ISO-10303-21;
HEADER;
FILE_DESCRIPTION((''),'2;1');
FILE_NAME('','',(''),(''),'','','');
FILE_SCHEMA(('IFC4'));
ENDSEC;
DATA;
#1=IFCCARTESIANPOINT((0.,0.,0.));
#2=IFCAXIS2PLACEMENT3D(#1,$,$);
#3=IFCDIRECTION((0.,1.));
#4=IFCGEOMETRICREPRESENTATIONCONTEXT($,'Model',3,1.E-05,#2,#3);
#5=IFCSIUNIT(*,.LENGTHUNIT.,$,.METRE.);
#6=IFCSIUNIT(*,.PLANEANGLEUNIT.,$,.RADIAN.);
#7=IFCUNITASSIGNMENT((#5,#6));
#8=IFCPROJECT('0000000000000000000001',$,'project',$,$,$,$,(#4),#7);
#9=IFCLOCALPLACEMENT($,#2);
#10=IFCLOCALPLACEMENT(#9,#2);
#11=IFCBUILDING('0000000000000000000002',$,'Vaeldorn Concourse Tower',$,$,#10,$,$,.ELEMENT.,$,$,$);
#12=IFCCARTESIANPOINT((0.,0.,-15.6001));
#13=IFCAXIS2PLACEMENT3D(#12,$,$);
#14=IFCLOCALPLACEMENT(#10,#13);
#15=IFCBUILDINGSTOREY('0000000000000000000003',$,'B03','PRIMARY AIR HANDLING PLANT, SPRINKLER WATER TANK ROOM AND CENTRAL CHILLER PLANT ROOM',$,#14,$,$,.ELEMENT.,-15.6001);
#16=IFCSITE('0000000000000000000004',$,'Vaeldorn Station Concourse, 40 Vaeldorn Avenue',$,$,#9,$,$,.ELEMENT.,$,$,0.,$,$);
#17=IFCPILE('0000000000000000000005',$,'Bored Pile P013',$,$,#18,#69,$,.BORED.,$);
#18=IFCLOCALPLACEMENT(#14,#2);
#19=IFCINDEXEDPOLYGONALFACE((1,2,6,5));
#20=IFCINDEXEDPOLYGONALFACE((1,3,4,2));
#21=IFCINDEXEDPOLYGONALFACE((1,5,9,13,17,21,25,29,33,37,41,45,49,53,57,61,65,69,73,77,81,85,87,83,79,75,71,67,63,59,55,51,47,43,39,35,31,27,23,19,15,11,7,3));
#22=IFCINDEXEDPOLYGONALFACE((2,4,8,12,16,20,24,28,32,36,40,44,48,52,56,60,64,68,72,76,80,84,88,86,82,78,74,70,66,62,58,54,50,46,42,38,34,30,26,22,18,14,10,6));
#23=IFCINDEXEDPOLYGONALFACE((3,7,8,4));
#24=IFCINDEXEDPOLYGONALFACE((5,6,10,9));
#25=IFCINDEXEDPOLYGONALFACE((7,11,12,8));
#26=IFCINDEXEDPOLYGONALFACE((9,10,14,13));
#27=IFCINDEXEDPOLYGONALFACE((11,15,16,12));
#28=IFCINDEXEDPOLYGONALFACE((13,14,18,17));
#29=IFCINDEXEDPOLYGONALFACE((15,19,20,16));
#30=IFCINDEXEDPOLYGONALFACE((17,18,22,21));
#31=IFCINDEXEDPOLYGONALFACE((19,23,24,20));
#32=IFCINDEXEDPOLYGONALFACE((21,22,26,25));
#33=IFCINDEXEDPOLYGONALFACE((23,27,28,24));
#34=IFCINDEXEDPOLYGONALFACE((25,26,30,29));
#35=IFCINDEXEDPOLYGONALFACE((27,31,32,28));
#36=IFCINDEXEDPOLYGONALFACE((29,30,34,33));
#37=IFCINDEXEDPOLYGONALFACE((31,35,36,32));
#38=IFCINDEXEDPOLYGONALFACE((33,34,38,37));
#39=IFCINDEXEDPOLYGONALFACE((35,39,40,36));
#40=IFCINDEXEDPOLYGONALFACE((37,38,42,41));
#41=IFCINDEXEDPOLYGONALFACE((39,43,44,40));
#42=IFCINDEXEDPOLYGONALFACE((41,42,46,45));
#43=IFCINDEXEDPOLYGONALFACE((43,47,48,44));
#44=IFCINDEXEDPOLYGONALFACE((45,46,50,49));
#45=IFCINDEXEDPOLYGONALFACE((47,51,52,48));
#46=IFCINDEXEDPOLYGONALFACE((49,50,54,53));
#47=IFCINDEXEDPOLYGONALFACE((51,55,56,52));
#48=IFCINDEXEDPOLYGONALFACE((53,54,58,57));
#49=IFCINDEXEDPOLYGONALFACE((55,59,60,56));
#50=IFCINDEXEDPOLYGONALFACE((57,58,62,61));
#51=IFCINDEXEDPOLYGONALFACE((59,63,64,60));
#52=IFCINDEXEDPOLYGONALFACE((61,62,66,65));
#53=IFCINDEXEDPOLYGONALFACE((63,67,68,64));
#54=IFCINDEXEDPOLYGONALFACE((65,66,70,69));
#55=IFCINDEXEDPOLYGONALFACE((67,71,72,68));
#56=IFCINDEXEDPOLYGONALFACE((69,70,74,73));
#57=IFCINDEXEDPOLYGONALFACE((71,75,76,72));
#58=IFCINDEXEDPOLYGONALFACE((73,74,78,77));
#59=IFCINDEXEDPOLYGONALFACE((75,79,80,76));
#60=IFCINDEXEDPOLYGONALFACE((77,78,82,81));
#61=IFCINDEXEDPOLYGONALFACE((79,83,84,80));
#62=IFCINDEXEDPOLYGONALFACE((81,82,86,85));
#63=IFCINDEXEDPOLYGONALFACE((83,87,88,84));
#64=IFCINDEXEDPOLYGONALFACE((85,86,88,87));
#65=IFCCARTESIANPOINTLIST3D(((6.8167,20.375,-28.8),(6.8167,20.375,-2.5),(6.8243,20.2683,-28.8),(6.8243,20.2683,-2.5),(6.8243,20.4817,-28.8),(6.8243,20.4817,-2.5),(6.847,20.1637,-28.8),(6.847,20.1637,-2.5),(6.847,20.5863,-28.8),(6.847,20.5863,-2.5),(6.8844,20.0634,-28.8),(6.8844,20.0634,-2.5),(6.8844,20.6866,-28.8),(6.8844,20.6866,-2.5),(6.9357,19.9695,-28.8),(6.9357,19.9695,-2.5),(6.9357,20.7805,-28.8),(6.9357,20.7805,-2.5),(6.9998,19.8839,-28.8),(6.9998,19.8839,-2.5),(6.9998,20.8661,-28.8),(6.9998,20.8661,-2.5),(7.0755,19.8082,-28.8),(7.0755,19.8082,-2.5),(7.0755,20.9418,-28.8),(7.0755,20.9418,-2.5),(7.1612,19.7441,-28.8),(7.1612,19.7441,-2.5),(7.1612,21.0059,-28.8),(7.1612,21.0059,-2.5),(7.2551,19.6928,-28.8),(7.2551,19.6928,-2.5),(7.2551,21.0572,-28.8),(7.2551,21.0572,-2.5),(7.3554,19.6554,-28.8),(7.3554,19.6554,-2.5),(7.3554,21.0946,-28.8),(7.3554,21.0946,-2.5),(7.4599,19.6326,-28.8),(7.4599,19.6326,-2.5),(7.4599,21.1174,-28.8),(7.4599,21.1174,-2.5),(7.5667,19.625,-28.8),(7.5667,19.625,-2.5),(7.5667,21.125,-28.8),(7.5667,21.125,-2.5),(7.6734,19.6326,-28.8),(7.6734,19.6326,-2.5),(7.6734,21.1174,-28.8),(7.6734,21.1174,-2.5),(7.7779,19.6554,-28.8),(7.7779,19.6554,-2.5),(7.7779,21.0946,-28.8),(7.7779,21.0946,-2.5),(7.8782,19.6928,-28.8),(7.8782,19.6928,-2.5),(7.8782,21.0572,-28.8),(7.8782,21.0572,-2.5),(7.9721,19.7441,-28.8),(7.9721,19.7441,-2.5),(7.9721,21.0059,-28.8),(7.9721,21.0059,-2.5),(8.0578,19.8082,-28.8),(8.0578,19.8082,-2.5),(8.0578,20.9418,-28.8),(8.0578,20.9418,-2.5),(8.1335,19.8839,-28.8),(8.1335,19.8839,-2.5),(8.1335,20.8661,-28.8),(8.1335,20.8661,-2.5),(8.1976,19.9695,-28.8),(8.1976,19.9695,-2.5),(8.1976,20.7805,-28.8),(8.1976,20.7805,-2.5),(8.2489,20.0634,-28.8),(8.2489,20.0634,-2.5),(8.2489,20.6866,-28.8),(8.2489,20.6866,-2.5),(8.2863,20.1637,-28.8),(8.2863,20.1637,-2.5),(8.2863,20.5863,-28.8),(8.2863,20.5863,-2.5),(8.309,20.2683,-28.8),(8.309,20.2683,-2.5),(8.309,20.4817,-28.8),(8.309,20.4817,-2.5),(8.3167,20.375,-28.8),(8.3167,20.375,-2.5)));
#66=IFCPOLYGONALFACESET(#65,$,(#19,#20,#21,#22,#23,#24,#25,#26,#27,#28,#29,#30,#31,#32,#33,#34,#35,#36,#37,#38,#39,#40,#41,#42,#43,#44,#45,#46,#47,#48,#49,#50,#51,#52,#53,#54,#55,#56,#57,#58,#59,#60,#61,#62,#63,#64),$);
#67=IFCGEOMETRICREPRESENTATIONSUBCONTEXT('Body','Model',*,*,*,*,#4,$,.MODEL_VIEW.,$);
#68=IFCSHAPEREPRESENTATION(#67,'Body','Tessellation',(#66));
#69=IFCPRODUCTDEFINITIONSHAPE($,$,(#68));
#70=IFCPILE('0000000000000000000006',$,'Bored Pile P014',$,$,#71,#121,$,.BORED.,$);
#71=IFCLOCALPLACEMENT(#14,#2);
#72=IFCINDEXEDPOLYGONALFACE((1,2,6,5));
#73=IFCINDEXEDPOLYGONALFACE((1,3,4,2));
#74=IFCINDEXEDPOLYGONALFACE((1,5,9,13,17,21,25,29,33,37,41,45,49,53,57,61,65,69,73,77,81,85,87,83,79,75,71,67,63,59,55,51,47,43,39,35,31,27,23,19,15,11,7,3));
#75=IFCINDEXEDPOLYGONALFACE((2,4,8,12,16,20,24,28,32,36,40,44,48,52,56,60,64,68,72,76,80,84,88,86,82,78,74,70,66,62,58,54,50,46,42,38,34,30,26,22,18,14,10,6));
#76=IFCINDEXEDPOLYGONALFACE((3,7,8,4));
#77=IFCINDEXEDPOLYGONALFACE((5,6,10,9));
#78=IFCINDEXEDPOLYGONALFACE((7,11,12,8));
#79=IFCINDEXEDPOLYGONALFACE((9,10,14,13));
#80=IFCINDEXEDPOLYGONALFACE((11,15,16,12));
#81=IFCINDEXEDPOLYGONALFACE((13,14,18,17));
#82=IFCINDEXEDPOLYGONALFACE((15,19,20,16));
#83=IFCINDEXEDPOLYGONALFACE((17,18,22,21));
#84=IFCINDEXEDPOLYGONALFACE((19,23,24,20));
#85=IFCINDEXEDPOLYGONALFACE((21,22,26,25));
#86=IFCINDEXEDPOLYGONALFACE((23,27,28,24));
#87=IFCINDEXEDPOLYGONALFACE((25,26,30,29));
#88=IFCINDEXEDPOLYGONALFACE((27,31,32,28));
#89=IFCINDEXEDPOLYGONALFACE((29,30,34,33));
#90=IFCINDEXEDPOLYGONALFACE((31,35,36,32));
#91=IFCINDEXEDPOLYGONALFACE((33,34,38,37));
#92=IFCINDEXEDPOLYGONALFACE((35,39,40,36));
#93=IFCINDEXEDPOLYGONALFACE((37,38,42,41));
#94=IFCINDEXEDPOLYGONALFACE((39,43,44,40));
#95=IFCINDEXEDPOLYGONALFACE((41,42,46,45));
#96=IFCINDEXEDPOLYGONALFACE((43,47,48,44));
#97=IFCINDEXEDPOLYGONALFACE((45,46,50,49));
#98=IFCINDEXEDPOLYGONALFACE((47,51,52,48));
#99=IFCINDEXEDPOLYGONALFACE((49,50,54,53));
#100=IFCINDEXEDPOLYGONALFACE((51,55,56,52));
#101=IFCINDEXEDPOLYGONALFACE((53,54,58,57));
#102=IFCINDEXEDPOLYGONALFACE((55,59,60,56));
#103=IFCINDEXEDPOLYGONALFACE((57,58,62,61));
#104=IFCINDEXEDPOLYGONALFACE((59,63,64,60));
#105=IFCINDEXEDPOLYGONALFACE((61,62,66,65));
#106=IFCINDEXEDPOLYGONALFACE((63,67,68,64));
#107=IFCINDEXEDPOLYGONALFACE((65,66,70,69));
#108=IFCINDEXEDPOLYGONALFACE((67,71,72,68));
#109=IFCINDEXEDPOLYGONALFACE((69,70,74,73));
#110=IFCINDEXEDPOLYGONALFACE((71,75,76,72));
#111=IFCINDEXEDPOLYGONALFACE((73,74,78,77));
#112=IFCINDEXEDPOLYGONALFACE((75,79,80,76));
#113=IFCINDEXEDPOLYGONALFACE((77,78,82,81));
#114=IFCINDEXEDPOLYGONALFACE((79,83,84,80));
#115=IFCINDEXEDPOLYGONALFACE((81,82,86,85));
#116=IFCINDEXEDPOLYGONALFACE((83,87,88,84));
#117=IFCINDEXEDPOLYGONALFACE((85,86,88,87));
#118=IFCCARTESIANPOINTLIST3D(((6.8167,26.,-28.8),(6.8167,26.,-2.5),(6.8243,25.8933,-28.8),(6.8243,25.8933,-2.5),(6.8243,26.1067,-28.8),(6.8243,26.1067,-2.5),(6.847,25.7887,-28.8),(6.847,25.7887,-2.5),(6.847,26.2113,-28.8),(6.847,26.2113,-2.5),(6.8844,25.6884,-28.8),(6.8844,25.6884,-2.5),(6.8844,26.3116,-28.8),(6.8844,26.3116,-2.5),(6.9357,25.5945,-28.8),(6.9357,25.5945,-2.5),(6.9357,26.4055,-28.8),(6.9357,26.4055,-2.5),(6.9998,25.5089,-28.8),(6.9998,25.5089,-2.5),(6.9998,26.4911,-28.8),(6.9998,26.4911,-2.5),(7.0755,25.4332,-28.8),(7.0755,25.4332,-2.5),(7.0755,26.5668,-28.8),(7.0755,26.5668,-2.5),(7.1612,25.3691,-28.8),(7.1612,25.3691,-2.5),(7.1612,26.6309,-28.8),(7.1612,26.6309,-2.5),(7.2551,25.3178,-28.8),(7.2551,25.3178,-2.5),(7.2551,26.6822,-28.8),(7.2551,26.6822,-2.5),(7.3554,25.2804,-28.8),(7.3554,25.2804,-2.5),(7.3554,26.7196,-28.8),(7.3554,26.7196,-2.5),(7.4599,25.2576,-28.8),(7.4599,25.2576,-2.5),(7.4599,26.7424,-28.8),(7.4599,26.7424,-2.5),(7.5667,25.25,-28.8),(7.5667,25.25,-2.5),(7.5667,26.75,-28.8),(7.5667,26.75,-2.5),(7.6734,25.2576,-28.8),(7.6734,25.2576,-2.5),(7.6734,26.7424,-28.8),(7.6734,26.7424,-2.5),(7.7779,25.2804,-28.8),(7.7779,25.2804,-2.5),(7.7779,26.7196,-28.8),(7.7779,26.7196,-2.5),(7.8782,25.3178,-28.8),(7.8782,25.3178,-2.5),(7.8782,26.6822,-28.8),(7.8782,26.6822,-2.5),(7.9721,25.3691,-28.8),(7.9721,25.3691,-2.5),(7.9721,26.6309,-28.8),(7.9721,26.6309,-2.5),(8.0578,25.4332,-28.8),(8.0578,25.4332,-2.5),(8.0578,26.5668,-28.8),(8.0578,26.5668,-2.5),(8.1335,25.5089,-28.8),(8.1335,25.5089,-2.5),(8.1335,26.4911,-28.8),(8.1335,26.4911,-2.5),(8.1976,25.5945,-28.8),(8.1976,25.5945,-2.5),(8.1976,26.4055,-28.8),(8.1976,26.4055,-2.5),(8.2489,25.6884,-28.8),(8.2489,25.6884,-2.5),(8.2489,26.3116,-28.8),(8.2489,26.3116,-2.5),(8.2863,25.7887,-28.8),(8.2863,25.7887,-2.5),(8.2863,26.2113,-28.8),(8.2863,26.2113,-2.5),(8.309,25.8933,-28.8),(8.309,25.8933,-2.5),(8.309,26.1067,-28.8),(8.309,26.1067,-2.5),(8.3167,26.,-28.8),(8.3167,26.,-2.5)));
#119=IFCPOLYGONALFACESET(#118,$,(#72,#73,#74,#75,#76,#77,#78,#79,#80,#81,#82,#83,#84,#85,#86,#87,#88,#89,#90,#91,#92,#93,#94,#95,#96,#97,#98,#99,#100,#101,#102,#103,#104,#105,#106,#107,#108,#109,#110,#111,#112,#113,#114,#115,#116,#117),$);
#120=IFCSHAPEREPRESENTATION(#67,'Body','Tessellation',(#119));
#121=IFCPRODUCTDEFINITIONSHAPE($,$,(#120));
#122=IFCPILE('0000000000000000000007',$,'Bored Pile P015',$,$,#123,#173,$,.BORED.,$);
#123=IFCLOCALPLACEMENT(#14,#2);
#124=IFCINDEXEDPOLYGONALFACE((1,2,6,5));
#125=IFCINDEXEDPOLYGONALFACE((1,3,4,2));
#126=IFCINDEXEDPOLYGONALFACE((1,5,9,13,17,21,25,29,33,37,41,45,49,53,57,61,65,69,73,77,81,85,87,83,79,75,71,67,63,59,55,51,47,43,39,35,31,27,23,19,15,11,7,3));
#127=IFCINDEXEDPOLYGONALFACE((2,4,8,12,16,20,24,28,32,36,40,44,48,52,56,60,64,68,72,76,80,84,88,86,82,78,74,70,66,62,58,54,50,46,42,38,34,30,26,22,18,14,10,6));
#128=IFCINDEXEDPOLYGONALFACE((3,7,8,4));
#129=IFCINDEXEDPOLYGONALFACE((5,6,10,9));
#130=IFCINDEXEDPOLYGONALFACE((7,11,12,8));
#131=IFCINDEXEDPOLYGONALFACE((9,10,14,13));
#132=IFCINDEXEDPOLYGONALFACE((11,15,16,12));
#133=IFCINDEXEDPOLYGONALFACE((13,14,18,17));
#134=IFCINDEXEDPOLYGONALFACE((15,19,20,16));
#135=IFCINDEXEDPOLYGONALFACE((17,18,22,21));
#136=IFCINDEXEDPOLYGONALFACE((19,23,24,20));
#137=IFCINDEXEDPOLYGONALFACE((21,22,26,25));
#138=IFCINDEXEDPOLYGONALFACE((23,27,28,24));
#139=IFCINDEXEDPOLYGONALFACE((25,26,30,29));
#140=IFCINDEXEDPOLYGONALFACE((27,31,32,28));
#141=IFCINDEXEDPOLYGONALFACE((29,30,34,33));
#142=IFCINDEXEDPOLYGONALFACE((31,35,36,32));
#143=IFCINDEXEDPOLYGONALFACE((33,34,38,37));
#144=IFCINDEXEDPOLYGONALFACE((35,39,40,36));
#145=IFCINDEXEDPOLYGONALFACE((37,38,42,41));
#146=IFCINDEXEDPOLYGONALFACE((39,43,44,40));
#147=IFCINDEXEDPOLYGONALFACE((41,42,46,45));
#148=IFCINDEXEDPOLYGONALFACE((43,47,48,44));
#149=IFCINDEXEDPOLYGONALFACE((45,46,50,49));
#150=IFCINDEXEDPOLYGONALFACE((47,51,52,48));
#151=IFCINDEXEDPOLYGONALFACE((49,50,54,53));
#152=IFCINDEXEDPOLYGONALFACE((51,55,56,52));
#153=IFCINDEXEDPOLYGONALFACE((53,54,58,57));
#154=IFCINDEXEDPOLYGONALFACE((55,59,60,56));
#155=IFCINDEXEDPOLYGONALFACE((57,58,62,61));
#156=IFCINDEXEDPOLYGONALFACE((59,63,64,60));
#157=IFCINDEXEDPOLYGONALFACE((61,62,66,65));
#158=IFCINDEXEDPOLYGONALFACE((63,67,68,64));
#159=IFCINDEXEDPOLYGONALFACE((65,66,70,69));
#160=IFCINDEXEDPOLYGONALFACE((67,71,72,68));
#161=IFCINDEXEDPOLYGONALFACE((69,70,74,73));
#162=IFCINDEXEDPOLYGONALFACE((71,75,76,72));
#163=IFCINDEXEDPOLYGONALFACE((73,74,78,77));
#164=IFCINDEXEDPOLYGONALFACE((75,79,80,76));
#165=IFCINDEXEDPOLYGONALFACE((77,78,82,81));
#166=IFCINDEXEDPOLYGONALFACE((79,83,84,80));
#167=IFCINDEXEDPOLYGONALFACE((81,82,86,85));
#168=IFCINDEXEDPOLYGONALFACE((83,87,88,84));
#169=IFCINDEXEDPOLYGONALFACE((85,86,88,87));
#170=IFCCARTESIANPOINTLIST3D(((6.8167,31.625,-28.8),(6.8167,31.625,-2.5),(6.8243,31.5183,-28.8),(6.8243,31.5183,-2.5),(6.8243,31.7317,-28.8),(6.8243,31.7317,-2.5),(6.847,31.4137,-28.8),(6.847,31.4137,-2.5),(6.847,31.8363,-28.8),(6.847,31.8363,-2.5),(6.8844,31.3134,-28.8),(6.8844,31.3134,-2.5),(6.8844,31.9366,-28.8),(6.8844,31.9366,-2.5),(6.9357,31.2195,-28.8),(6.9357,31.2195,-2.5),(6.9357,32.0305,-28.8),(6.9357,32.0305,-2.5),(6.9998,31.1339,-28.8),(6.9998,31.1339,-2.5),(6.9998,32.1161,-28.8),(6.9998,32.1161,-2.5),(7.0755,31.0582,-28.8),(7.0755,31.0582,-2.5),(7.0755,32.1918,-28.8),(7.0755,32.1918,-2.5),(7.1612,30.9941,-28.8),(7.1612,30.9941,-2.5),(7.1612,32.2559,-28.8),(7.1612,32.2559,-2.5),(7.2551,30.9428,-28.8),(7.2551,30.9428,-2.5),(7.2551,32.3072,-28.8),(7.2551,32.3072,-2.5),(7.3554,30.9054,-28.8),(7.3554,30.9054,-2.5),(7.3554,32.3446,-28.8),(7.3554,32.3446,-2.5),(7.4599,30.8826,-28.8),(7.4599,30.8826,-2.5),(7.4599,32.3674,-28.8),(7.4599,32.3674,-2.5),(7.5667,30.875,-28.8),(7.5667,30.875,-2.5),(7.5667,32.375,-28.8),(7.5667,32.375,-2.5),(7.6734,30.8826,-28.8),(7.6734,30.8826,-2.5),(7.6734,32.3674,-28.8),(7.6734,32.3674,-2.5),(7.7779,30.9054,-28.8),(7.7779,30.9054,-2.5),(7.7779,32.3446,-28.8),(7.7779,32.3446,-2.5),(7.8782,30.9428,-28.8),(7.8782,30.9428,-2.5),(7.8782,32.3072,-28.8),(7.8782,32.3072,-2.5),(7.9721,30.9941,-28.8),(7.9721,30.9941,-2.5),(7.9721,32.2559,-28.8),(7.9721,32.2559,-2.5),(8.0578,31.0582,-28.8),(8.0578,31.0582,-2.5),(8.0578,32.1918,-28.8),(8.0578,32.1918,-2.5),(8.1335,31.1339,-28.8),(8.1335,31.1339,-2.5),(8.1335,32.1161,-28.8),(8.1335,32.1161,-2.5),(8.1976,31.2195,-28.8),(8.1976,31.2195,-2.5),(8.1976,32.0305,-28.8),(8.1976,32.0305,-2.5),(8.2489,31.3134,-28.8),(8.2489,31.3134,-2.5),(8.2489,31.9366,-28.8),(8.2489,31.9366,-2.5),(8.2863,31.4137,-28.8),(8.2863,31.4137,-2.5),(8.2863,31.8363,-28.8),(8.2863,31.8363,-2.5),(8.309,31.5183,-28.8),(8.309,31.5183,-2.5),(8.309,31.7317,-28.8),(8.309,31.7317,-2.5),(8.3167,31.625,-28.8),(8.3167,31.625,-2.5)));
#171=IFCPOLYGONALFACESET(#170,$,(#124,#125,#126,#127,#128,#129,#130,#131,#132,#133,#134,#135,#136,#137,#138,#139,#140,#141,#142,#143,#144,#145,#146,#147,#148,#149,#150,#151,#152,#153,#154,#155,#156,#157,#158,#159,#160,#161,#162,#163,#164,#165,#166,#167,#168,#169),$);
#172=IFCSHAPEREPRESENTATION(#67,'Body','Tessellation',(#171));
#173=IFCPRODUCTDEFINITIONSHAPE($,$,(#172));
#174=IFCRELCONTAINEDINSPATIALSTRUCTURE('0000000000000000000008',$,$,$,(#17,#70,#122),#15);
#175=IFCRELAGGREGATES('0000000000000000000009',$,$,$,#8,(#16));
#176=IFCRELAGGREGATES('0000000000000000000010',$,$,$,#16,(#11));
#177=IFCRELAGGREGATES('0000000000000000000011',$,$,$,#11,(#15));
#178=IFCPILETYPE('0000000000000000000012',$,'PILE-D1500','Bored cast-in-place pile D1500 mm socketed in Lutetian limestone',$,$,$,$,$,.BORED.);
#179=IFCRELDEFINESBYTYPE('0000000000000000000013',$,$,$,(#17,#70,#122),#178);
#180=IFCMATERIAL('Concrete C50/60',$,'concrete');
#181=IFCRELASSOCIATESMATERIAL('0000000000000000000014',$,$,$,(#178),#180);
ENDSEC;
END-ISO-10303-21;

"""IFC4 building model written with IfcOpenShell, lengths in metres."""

from ifc_helpers import new_model, si_unit, direction, frame, origin, origin_2d, place, context, subcontext, project, spatial, circle, extrude, material, material_profile, profile_set, type_object, element, save


model = new_model("IFC4")

# Units and contexts
model_context = context("Model", 3, precision=1e-05, world=origin(), true_north=direction((0.0, 1.0)))
body_context = subcontext(model_context, "Body", "Model", "MODEL_VIEW")
ifc_project = project(units=[si_unit("LENGTHUNIT", "METRE"), si_unit("PLANEANGLEUNIT", "RADIAN")], contexts=[model_context])

# Site, building, storey
site_placement = place(None, origin())
site = spatial("IfcSite", under=ifc_project, at=site_placement, Name="Vaeldorn Station Concourse, 40 Vaeldorn Avenue", CompositionType="ELEMENT", RefElevation=0.0)
building_placement = place(site_placement, origin())
building = spatial("IfcBuilding", under=site, at=building_placement, Name="Vaeldorn Concourse Tower", CompositionType="ELEMENT")
storey_placement = place(building_placement, frame((0.0, 0.0, -15.6001)))
storey = spatial("IfcBuildingStorey", under=building, at=storey_placement, Name="B03", Description="PRIMARY AIR HANDLING PLANT, SPRINKLER WATER TANK ROOM AND CENTRAL CHILLER PLANT ROOM", CompositionType="ELEMENT", Elevation=-15.6001)

# Piles
ifc_material_1 = material(Name="Concrete C50/60", Category="concrete")
ifc_material_profile_1 = material_profile(ifc_material_1, circle(Radius=0.75, at=origin_2d()), Name="BORED PILE D1500")
ifc_profile_set_1 = profile_set([ifc_material_profile_1], Name="Concrete C50/60")
pile_type = type_object("IfcPileType", Name="PILE-D1500", Description="Bored cast-in-place pile D1500 mm socketed in Lutetian limestone", PredefinedType="BORED", material=ifc_profile_set_1)
for number, where, z_axis, x_axis, name in (
    (1, (7.5667, 20.375, -2.5), (0.0, 0.0, -1.0), (1.0, 0.0, 0.0), "Bored Pile P013"),
    (2, (7.5667, 26.0, -2.5), (0.0, 0.0, -1.0), (1.0, 0.0, 0.0), "Bored Pile P014"),
    (3, (7.5667, 31.625, -2.5), (0.0, 0.0, -1.0), (1.0, 0.0, 0.0), "Bored Pile P015"),
):
    element("IfcPile", number, at=place(storey_placement, frame(where, z_axis=z_axis, x_axis=x_axis)), inside=storey, type_object=pile_type, Name=name, PredefinedType="BORED", context=body_context, shape_type="SweptSolid", body=[
        extrude(circle(Radius=0.75, at=origin_2d()), origin(), (0.0, 0.0, 1.0), 26.3),
    ])

save(model, "model.ifc")
